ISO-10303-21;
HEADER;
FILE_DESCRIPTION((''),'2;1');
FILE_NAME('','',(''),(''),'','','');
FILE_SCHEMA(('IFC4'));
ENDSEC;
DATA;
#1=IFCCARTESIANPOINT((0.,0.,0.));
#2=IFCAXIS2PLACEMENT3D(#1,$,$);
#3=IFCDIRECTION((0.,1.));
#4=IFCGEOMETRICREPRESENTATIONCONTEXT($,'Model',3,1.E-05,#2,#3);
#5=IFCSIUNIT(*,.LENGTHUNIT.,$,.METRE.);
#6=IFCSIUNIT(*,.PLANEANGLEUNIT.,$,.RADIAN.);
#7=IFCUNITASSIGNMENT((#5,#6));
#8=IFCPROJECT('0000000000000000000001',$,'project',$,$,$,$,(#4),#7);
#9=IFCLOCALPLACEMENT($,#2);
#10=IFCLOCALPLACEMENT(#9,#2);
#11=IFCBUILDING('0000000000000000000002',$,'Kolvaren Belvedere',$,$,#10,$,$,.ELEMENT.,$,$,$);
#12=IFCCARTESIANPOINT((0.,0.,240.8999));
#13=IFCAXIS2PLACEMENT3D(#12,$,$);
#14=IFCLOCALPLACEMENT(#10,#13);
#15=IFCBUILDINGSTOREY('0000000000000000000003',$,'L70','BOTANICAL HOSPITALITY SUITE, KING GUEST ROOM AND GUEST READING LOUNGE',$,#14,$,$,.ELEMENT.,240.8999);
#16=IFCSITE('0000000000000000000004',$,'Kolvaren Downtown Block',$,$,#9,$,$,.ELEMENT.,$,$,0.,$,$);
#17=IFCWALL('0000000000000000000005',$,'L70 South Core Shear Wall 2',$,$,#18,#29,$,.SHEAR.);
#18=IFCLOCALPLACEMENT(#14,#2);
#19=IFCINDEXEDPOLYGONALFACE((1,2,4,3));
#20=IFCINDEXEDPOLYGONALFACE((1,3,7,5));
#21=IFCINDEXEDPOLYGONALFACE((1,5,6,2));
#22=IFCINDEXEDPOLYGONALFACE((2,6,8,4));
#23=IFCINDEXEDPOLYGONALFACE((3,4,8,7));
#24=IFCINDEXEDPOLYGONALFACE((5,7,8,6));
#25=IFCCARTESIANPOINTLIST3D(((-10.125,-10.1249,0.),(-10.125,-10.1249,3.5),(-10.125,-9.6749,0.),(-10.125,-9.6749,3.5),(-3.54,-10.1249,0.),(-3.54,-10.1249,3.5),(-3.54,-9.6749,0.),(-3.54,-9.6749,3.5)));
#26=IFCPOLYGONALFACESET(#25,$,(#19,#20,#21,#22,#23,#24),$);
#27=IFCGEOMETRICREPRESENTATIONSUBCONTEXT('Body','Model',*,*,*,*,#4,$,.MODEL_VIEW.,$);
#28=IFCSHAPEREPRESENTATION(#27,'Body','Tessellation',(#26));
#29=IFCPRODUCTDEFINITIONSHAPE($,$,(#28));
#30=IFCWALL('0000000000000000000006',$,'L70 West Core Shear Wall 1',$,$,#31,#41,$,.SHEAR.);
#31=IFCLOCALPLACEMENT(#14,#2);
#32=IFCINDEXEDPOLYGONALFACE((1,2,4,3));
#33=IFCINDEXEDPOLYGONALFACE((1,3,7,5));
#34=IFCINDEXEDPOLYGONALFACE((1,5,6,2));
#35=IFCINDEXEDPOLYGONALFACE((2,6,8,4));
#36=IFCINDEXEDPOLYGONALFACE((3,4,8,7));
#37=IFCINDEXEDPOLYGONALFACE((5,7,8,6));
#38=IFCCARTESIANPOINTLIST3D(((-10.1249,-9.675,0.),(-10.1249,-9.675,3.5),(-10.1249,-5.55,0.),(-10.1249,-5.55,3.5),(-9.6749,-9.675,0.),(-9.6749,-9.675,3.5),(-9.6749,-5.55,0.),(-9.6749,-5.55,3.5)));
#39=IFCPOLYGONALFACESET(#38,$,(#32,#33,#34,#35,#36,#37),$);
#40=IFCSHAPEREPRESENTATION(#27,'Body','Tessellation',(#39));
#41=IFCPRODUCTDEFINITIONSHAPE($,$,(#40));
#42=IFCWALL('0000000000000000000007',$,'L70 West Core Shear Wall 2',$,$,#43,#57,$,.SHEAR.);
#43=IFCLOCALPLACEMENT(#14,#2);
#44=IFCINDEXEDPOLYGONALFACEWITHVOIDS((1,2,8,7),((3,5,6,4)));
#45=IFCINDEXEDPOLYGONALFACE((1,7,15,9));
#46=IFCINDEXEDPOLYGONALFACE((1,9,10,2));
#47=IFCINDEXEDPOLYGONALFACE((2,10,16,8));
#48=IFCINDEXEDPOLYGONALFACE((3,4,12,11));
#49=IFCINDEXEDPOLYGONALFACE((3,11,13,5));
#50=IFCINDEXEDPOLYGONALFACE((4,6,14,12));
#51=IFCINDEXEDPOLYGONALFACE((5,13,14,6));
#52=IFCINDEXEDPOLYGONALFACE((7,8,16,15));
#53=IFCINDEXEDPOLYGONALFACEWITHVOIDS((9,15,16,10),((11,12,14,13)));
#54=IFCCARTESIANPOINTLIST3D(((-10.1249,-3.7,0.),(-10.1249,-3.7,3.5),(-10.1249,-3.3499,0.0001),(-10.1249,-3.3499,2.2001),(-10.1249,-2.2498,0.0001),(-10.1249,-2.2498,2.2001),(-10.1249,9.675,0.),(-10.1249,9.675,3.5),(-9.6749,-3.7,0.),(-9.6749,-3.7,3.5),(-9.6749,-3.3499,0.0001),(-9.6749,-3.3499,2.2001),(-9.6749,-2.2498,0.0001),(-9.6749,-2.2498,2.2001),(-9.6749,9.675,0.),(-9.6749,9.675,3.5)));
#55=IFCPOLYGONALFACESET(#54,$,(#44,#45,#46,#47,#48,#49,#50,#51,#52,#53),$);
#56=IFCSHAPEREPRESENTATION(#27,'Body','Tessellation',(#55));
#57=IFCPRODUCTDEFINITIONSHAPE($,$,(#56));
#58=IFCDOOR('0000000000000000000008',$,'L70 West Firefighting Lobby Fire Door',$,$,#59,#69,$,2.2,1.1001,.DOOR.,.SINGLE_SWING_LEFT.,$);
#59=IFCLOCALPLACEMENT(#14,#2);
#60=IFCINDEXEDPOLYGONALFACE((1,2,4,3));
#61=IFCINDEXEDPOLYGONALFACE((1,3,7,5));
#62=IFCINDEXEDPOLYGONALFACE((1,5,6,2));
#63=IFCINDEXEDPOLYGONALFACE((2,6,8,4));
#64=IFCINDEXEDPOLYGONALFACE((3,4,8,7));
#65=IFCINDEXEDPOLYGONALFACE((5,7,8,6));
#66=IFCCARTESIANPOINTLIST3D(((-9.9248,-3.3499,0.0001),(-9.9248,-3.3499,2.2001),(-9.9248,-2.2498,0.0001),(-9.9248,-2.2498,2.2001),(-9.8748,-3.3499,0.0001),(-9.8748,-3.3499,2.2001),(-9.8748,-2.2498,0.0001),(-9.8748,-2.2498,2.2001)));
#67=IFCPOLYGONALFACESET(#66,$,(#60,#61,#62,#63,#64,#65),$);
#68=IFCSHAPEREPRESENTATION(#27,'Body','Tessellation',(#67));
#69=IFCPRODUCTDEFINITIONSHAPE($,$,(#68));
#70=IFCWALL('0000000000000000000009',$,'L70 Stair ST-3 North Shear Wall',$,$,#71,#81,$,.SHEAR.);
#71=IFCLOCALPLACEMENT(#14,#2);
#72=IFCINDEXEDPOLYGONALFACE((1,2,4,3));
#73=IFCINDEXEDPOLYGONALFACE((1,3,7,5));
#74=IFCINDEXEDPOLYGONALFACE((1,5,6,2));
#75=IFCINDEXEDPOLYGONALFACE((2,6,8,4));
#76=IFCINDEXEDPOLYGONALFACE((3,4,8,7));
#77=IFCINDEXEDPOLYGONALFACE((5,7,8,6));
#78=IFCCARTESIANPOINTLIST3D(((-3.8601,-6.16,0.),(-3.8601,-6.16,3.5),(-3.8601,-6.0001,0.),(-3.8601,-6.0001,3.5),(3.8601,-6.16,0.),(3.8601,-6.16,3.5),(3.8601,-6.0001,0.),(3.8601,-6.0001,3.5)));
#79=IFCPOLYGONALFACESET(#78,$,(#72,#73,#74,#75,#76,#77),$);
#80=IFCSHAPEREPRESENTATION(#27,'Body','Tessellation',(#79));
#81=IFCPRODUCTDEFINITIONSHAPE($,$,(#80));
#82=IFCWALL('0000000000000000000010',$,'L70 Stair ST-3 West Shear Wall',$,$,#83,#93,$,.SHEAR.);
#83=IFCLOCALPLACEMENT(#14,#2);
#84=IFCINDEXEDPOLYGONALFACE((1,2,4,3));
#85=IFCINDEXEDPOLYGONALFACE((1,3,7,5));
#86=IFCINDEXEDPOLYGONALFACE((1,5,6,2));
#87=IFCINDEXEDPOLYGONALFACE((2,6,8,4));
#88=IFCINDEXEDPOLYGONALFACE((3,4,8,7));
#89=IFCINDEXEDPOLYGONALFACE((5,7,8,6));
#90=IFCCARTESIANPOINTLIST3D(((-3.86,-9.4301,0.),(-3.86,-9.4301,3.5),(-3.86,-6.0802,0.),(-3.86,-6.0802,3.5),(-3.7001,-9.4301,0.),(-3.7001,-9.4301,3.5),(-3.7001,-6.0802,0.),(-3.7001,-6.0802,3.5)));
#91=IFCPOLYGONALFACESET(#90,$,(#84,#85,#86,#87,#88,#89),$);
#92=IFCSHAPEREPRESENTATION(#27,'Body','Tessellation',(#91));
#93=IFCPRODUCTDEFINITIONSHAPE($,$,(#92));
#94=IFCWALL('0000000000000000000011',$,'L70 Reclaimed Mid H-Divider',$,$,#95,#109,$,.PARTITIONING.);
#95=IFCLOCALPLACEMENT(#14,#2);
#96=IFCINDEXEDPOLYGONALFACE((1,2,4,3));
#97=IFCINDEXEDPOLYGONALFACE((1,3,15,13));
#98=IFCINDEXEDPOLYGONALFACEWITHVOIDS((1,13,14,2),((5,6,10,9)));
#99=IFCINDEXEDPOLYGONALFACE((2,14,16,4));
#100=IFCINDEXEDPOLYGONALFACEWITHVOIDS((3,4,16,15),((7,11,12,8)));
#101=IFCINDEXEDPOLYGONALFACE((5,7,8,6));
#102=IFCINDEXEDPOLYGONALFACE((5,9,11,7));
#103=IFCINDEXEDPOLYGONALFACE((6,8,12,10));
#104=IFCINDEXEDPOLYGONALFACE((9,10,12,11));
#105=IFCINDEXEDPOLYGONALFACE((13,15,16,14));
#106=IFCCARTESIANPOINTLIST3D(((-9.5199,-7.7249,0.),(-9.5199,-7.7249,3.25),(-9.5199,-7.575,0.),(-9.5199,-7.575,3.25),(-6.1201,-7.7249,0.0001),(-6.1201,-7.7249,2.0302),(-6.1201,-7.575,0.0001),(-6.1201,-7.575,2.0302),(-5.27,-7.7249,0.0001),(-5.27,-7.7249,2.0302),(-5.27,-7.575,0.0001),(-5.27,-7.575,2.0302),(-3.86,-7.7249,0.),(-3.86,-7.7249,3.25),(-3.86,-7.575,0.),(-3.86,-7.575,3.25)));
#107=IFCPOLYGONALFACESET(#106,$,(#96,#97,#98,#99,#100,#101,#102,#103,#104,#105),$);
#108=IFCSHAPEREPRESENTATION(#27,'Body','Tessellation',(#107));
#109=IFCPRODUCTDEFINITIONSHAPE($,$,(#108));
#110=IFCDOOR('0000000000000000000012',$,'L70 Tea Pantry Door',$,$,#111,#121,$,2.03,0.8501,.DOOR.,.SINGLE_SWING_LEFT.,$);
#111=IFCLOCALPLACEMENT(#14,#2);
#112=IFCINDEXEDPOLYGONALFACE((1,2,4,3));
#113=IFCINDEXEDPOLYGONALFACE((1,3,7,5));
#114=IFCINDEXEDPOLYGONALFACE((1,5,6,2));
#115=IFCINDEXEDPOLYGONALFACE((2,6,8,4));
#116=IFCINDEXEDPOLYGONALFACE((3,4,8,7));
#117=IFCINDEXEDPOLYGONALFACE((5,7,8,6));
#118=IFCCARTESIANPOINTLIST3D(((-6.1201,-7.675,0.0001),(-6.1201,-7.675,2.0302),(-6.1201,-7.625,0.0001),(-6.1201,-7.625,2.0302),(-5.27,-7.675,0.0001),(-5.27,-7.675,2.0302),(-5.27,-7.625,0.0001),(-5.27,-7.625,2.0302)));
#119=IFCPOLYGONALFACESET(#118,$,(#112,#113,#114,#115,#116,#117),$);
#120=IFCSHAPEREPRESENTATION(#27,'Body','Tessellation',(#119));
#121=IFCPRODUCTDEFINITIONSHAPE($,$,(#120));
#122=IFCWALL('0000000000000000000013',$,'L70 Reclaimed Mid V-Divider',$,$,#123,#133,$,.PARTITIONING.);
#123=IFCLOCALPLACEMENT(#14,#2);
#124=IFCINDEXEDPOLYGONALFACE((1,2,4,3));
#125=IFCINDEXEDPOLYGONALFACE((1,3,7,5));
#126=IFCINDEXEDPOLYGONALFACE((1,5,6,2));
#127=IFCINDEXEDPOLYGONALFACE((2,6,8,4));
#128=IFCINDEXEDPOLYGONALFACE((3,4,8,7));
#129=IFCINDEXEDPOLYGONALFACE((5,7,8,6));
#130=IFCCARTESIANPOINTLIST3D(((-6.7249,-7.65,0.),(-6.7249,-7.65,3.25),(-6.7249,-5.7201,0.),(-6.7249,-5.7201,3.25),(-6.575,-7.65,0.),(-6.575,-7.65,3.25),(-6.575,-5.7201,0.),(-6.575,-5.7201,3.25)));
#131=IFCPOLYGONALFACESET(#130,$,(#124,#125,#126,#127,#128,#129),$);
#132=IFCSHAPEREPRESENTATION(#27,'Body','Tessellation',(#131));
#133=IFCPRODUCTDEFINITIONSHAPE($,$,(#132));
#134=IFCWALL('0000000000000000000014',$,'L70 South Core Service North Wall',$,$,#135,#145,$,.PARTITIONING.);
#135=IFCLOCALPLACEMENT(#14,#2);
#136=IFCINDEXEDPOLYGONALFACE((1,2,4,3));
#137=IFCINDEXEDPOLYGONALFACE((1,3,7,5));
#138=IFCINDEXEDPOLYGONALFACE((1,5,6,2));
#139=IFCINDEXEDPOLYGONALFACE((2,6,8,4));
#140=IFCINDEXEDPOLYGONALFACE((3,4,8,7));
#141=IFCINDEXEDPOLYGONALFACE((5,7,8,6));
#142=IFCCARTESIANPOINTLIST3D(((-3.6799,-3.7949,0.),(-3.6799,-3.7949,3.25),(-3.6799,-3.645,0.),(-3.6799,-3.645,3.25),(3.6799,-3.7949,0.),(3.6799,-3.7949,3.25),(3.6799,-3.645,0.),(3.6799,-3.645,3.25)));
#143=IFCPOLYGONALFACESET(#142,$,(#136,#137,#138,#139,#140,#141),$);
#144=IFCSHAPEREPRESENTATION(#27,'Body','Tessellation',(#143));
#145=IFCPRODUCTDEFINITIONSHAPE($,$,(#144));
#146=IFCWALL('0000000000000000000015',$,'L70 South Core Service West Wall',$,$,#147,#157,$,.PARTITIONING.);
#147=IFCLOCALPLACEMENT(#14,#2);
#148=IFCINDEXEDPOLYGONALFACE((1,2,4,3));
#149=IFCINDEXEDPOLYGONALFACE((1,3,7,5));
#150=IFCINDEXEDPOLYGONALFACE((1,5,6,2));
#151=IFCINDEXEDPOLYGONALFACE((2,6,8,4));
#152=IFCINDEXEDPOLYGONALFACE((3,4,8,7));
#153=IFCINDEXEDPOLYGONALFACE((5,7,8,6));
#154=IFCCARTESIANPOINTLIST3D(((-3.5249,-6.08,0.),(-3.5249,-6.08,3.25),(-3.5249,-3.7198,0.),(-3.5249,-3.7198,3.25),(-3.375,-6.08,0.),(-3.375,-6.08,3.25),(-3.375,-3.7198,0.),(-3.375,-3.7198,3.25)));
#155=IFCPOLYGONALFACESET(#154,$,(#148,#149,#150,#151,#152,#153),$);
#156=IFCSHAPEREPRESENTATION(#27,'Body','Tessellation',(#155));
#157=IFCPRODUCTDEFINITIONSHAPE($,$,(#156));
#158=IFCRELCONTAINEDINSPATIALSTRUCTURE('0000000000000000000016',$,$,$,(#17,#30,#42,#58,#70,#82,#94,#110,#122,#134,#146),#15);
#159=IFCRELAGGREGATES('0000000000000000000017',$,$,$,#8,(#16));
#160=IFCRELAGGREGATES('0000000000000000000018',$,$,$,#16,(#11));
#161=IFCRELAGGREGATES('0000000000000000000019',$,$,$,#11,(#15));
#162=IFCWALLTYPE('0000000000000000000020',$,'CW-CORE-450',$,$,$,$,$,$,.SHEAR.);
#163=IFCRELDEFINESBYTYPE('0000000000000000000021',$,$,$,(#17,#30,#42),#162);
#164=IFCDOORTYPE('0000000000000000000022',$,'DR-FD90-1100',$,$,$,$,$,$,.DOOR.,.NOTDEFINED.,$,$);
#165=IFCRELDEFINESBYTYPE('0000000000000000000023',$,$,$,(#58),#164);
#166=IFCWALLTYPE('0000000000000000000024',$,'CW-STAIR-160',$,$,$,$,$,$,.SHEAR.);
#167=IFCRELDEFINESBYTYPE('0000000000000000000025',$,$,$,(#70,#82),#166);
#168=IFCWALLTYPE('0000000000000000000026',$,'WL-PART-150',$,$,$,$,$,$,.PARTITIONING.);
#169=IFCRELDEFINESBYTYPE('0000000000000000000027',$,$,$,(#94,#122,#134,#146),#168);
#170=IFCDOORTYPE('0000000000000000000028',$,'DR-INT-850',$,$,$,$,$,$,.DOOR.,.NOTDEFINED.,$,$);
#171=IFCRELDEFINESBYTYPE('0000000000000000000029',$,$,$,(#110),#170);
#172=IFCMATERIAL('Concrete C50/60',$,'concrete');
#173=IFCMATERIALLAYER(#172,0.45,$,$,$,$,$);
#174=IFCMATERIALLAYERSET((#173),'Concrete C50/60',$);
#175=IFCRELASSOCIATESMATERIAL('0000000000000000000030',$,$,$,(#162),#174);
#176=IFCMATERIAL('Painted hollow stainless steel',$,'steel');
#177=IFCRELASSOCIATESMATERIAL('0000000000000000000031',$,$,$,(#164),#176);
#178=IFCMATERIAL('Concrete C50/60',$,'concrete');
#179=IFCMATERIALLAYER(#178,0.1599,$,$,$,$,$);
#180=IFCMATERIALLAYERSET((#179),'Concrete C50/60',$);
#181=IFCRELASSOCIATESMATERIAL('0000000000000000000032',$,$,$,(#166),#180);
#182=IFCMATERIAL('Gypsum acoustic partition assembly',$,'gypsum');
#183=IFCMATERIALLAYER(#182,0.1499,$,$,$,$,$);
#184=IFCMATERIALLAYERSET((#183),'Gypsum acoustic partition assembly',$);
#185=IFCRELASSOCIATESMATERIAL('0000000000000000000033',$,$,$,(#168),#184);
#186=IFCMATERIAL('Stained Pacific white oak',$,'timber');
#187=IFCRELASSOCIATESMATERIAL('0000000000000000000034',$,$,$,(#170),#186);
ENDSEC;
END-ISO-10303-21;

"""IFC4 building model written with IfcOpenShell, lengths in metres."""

from ifc_helpers import new_model, si_unit, direction, frame, frame_2d, origin, place, context, subcontext, project, spatial, rectangle, extrude, material, layer, layer_set, type_object, element, fill, save


model = new_model("IFC4")

# Units and contexts
model_context = context("Model", 3, precision=1e-05, world=origin(), true_north=direction((0.0, 1.0)))
body_context = subcontext(model_context, "Body", "Model", "MODEL_VIEW")
ifc_project = project(units=[si_unit("LENGTHUNIT", "METRE"), si_unit("PLANEANGLEUNIT", "RADIAN")], contexts=[model_context])

# Site, building, storey
site_placement = place(None, origin())
site = spatial("IfcSite", under=ifc_project, at=site_placement, Name="Kolvaren Downtown Block", CompositionType="ELEMENT", RefElevation=0.0)
building_placement = place(site_placement, origin())
building = spatial("IfcBuilding", under=site, at=building_placement, Name="Kolvaren Belvedere", CompositionType="ELEMENT")
storey_placement = place(building_placement, frame((0.0, 0.0, 240.8999)))
storey = spatial("IfcBuildingStorey", under=building, at=storey_placement, Name="L70", Description="BOTANICAL HOSPITALITY SUITE, KING GUEST ROOM AND GUEST READING LOUNGE", CompositionType="ELEMENT", Elevation=240.8999)

# Walls
ifc_material_1 = material(Name="Concrete C50/60", Category="concrete")
ifc_layer_1 = layer(ifc_material_1, 0.45)
ifc_layer_set_1 = layer_set([ifc_layer_1], Name="Concrete C50/60")
wall_type_1 = type_object("IfcWallType", Name="CW-CORE-450", PredefinedType="SHEAR", material=ifc_layer_set_1)
wall_1_placement = place(storey_placement, frame((-3.54, -9.8999, 0.0), z_axis=(0.0, 0.0, 1.0), x_axis=(-1.0, 0.0, 0.0)))
element("IfcWall", 1, at=wall_1_placement, inside=storey, type_object=wall_type_1, Name="L70 South Core Shear Wall 2", PredefinedType="SHEAR", context=body_context, shape_type="SweptSolid", body=[
    extrude(rectangle(XDim=6.585, YDim=0.45, at=frame_2d((3.2925, 0.0))), origin(), (0.0, 0.0, 1.0), 3.5),
])
wall_2_placement = place(storey_placement, frame((-9.8999, -9.675, 0.0), z_axis=(0.0, 0.0, 1.0), x_axis=(0.0, 1.0, 0.0)))
element("IfcWall", 2, at=wall_2_placement, inside=storey, type_object=wall_type_1, Name="L70 West Core Shear Wall 1", PredefinedType="SHEAR", context=body_context, shape_type="SweptSolid", body=[
    extrude(rectangle(XDim=4.125, YDim=0.45, at=frame_2d((2.0625, 0.0))), origin(), (0.0, 0.0, 1.0), 3.5),
])

# Wall, opening, door
wall_3_placement = place(storey_placement, frame((-9.8999, -3.7, 0.0), z_axis=(0.0, 0.0, 1.0), x_axis=(0.0, 1.0, 0.0)))
wall_3 = element("IfcWall", 3, at=wall_3_placement, inside=storey, type_object=wall_type_1, Name="L70 West Core Shear Wall 2", PredefinedType="SHEAR", context=body_context, shape_type="SweptSolid", body=[
    extrude(rectangle(XDim=13.375, YDim=0.45, at=frame_2d((6.6875, 0.0))), origin(), (0.0, 0.0, 1.0), 3.5),
])
opening_1_placement = place(wall_3_placement, frame((0.3501, 0.0, 0.0)))
opening_1 = element("IfcOpeningElement", 4, at=opening_1_placement, cuts=wall_3, PredefinedType="OPENING", context=body_context, shape_type="SweptSolid", body=[
    extrude(rectangle(XDim=1.1001, YDim=2.2, at=frame_2d((0.55, 1.1001))), frame((0.0, 0.2349, 0.0), z_axis=(0.0, -1.0, 0.0), x_axis=(1.0, 0.0, 0.0)), (0.0, 0.0, 1.0), 0.47),
])
ifc_material_2 = material(Name="Painted hollow stainless steel", Category="steel")
door_type_1 = type_object("IfcDoorType", Name="DR-FD90-1100", OperationType="NOTDEFINED", PredefinedType="DOOR", material=ifc_material_2)
door_1_placement = place(opening_1_placement, origin())
door_1 = element("IfcDoor", 5, at=door_1_placement, inside=storey, type_object=door_type_1, Name="L70 West Firefighting Lobby Fire Door", OperationType="SINGLE_SWING_LEFT", OverallHeight=2.2, OverallWidth=1.1001, PredefinedType="DOOR", context=body_context, shape_type="SweptSolid", body=[
    extrude(rectangle(XDim=1.1001, YDim=2.2, at=frame_2d((0.55, 1.1001))), frame((0.0, 0.0249, 0.0), z_axis=(0.0, -1.0, 0.0), x_axis=(1.0, 0.0, 0.0)), (0.0, 0.0, 1.0), 0.05),
])
fill(opening_1, door_1)

# Walls
ifc_material_3 = material(Name="Concrete C50/60", Category="concrete")
ifc_layer_2 = layer(ifc_material_3, 0.1599)
ifc_layer_set_2 = layer_set([ifc_layer_2], Name="Concrete C50/60")
wall_type_2 = type_object("IfcWallType", Name="CW-STAIR-160", PredefinedType="SHEAR", material=ifc_layer_set_2)
wall_4_placement = place(storey_placement, frame((-3.8601, -6.0801, 0.0), z_axis=(0.0, 0.0, 1.0), x_axis=(1.0, 0.0, 0.0)))
element("IfcWall", 6, at=wall_4_placement, inside=storey, type_object=wall_type_2, Name="L70 Stair ST-3 North Shear Wall", PredefinedType="SHEAR", context=body_context, shape_type="SweptSolid", body=[
    extrude(rectangle(XDim=7.7202, YDim=0.1599, at=frame_2d((3.8601, 0.0))), origin(), (0.0, 0.0, 1.0), 3.5),
])
wall_5_placement = place(storey_placement, frame((-3.78, -9.4299, 0.0), z_axis=(0.0, 0.0, 1.0), x_axis=(0.0, 1.0, 0.0)))
element("IfcWall", 7, at=wall_5_placement, inside=storey, type_object=wall_type_2, Name="L70 Stair ST-3 West Shear Wall", PredefinedType="SHEAR", context=body_context, shape_type="SweptSolid", body=[
    extrude(rectangle(XDim=3.3499, YDim=0.1599, at=frame_2d((1.6748, 0.0))), origin(), (0.0, 0.0, 1.0), 3.5),
])

# Wall, opening, door
ifc_material_4 = material(Name="Gypsum acoustic partition assembly", Category="gypsum")
ifc_layer_3 = layer(ifc_material_4, 0.1499)
ifc_layer_set_3 = layer_set([ifc_layer_3], Name="Gypsum acoustic partition assembly")
wall_type_3 = type_object("IfcWallType", Name="WL-PART-150", PredefinedType="PARTITIONING", material=ifc_layer_set_3)
wall_6_placement = place(storey_placement, frame((-9.52, -7.6499, 0.0), z_axis=(0.0, 0.0, 1.0), x_axis=(1.0, 0.0, 0.0)))
wall_6 = element("IfcWall", 8, at=wall_6_placement, inside=storey, type_object=wall_type_3, Name="L70 Reclaimed Mid H-Divider", PredefinedType="PARTITIONING", context=body_context, shape_type="SweptSolid", body=[
    extrude(rectangle(XDim=5.6599, YDim=0.1499, at=frame_2d((2.8301, 0.0))), origin(), (0.0, 0.0, 1.0), 3.25),
])
opening_2_placement = place(wall_6_placement, frame((3.3999, 0.0, 0.0)))
opening_2 = element("IfcOpeningElement", 9, at=opening_2_placement, cuts=wall_6, PredefinedType="OPENING", context=body_context, shape_type="SweptSolid", body=[
    extrude(rectangle(XDim=0.8501, YDim=2.03, at=frame_2d((0.425, 1.0151))), frame((0.0, 0.085, 0.0), z_axis=(0.0, -1.0, 0.0), x_axis=(1.0, 0.0, 0.0)), (0.0, 0.0, 1.0), 0.1699),
])
ifc_material_5 = material(Name="Stained Pacific white oak", Category="timber")
door_type_2 = type_object("IfcDoorType", Name="DR-INT-850", OperationType="NOTDEFINED", PredefinedType="DOOR", material=ifc_material_5)
door_2_placement = place(opening_2_placement, origin())
door_2 = element("IfcDoor", 10, at=door_2_placement, inside=storey, type_object=door_type_2, Name="L70 Tea Pantry Door", OperationType="SINGLE_SWING_LEFT", OverallHeight=2.03, OverallWidth=0.8501, PredefinedType="DOOR", context=body_context, shape_type="SweptSolid", body=[
    extrude(rectangle(XDim=0.8501, YDim=2.03, at=frame_2d((0.425, 1.0151))), frame((0.0, 0.0249, 0.0), z_axis=(0.0, -1.0, 0.0), x_axis=(1.0, 0.0, 0.0)), (0.0, 0.0, 1.0), 0.05),
])
fill(opening_2, door_2)

# Walls
wall_7_placement = place(storey_placement, frame((-6.6499, -7.6499, 0.0), z_axis=(0.0, 0.0, 1.0), x_axis=(0.0, 1.0, 0.0)))
element("IfcWall", 11, at=wall_7_placement, inside=storey, type_object=wall_type_3, Name="L70 Reclaimed Mid V-Divider", PredefinedType="PARTITIONING", context=body_context, shape_type="SweptSolid", body=[
    extrude(rectangle(XDim=1.9299, YDim=0.1499, at=frame_2d((0.9648, 0.0))), origin(), (0.0, 0.0, 1.0), 3.25),
])
wall_8_placement = place(storey_placement, frame((-3.6799, -3.72, 0.0), z_axis=(0.0, 0.0, 1.0), x_axis=(1.0, 0.0, 0.0)))
element("IfcWall", 12, at=wall_8_placement, inside=storey, type_object=wall_type_3, Name="L70 South Core Service North Wall", PredefinedType="PARTITIONING", context=body_context, shape_type="SweptSolid", body=[
    extrude(rectangle(XDim=7.3599, YDim=0.1499, at=frame_2d((3.6799, 0.0))), origin(), (0.0, 0.0, 1.0), 3.25),
])
wall_9_placement = place(storey_placement, frame((-3.45, -6.0801, 0.0), z_axis=(0.0, 0.0, 1.0), x_axis=(0.0, 1.0, 0.0)))
element("IfcWall", 13, at=wall_9_placement, inside=storey, type_object=wall_type_3, Name="L70 South Core Service West Wall", PredefinedType="PARTITIONING", context=body_context, shape_type="SweptSolid", body=[
    extrude(rectangle(XDim=2.3601, YDim=0.1499, at=frame_2d((1.1802, 0.0))), origin(), (0.0, 0.0, 1.0), 3.25),
])

save(model, "model.ifc")
